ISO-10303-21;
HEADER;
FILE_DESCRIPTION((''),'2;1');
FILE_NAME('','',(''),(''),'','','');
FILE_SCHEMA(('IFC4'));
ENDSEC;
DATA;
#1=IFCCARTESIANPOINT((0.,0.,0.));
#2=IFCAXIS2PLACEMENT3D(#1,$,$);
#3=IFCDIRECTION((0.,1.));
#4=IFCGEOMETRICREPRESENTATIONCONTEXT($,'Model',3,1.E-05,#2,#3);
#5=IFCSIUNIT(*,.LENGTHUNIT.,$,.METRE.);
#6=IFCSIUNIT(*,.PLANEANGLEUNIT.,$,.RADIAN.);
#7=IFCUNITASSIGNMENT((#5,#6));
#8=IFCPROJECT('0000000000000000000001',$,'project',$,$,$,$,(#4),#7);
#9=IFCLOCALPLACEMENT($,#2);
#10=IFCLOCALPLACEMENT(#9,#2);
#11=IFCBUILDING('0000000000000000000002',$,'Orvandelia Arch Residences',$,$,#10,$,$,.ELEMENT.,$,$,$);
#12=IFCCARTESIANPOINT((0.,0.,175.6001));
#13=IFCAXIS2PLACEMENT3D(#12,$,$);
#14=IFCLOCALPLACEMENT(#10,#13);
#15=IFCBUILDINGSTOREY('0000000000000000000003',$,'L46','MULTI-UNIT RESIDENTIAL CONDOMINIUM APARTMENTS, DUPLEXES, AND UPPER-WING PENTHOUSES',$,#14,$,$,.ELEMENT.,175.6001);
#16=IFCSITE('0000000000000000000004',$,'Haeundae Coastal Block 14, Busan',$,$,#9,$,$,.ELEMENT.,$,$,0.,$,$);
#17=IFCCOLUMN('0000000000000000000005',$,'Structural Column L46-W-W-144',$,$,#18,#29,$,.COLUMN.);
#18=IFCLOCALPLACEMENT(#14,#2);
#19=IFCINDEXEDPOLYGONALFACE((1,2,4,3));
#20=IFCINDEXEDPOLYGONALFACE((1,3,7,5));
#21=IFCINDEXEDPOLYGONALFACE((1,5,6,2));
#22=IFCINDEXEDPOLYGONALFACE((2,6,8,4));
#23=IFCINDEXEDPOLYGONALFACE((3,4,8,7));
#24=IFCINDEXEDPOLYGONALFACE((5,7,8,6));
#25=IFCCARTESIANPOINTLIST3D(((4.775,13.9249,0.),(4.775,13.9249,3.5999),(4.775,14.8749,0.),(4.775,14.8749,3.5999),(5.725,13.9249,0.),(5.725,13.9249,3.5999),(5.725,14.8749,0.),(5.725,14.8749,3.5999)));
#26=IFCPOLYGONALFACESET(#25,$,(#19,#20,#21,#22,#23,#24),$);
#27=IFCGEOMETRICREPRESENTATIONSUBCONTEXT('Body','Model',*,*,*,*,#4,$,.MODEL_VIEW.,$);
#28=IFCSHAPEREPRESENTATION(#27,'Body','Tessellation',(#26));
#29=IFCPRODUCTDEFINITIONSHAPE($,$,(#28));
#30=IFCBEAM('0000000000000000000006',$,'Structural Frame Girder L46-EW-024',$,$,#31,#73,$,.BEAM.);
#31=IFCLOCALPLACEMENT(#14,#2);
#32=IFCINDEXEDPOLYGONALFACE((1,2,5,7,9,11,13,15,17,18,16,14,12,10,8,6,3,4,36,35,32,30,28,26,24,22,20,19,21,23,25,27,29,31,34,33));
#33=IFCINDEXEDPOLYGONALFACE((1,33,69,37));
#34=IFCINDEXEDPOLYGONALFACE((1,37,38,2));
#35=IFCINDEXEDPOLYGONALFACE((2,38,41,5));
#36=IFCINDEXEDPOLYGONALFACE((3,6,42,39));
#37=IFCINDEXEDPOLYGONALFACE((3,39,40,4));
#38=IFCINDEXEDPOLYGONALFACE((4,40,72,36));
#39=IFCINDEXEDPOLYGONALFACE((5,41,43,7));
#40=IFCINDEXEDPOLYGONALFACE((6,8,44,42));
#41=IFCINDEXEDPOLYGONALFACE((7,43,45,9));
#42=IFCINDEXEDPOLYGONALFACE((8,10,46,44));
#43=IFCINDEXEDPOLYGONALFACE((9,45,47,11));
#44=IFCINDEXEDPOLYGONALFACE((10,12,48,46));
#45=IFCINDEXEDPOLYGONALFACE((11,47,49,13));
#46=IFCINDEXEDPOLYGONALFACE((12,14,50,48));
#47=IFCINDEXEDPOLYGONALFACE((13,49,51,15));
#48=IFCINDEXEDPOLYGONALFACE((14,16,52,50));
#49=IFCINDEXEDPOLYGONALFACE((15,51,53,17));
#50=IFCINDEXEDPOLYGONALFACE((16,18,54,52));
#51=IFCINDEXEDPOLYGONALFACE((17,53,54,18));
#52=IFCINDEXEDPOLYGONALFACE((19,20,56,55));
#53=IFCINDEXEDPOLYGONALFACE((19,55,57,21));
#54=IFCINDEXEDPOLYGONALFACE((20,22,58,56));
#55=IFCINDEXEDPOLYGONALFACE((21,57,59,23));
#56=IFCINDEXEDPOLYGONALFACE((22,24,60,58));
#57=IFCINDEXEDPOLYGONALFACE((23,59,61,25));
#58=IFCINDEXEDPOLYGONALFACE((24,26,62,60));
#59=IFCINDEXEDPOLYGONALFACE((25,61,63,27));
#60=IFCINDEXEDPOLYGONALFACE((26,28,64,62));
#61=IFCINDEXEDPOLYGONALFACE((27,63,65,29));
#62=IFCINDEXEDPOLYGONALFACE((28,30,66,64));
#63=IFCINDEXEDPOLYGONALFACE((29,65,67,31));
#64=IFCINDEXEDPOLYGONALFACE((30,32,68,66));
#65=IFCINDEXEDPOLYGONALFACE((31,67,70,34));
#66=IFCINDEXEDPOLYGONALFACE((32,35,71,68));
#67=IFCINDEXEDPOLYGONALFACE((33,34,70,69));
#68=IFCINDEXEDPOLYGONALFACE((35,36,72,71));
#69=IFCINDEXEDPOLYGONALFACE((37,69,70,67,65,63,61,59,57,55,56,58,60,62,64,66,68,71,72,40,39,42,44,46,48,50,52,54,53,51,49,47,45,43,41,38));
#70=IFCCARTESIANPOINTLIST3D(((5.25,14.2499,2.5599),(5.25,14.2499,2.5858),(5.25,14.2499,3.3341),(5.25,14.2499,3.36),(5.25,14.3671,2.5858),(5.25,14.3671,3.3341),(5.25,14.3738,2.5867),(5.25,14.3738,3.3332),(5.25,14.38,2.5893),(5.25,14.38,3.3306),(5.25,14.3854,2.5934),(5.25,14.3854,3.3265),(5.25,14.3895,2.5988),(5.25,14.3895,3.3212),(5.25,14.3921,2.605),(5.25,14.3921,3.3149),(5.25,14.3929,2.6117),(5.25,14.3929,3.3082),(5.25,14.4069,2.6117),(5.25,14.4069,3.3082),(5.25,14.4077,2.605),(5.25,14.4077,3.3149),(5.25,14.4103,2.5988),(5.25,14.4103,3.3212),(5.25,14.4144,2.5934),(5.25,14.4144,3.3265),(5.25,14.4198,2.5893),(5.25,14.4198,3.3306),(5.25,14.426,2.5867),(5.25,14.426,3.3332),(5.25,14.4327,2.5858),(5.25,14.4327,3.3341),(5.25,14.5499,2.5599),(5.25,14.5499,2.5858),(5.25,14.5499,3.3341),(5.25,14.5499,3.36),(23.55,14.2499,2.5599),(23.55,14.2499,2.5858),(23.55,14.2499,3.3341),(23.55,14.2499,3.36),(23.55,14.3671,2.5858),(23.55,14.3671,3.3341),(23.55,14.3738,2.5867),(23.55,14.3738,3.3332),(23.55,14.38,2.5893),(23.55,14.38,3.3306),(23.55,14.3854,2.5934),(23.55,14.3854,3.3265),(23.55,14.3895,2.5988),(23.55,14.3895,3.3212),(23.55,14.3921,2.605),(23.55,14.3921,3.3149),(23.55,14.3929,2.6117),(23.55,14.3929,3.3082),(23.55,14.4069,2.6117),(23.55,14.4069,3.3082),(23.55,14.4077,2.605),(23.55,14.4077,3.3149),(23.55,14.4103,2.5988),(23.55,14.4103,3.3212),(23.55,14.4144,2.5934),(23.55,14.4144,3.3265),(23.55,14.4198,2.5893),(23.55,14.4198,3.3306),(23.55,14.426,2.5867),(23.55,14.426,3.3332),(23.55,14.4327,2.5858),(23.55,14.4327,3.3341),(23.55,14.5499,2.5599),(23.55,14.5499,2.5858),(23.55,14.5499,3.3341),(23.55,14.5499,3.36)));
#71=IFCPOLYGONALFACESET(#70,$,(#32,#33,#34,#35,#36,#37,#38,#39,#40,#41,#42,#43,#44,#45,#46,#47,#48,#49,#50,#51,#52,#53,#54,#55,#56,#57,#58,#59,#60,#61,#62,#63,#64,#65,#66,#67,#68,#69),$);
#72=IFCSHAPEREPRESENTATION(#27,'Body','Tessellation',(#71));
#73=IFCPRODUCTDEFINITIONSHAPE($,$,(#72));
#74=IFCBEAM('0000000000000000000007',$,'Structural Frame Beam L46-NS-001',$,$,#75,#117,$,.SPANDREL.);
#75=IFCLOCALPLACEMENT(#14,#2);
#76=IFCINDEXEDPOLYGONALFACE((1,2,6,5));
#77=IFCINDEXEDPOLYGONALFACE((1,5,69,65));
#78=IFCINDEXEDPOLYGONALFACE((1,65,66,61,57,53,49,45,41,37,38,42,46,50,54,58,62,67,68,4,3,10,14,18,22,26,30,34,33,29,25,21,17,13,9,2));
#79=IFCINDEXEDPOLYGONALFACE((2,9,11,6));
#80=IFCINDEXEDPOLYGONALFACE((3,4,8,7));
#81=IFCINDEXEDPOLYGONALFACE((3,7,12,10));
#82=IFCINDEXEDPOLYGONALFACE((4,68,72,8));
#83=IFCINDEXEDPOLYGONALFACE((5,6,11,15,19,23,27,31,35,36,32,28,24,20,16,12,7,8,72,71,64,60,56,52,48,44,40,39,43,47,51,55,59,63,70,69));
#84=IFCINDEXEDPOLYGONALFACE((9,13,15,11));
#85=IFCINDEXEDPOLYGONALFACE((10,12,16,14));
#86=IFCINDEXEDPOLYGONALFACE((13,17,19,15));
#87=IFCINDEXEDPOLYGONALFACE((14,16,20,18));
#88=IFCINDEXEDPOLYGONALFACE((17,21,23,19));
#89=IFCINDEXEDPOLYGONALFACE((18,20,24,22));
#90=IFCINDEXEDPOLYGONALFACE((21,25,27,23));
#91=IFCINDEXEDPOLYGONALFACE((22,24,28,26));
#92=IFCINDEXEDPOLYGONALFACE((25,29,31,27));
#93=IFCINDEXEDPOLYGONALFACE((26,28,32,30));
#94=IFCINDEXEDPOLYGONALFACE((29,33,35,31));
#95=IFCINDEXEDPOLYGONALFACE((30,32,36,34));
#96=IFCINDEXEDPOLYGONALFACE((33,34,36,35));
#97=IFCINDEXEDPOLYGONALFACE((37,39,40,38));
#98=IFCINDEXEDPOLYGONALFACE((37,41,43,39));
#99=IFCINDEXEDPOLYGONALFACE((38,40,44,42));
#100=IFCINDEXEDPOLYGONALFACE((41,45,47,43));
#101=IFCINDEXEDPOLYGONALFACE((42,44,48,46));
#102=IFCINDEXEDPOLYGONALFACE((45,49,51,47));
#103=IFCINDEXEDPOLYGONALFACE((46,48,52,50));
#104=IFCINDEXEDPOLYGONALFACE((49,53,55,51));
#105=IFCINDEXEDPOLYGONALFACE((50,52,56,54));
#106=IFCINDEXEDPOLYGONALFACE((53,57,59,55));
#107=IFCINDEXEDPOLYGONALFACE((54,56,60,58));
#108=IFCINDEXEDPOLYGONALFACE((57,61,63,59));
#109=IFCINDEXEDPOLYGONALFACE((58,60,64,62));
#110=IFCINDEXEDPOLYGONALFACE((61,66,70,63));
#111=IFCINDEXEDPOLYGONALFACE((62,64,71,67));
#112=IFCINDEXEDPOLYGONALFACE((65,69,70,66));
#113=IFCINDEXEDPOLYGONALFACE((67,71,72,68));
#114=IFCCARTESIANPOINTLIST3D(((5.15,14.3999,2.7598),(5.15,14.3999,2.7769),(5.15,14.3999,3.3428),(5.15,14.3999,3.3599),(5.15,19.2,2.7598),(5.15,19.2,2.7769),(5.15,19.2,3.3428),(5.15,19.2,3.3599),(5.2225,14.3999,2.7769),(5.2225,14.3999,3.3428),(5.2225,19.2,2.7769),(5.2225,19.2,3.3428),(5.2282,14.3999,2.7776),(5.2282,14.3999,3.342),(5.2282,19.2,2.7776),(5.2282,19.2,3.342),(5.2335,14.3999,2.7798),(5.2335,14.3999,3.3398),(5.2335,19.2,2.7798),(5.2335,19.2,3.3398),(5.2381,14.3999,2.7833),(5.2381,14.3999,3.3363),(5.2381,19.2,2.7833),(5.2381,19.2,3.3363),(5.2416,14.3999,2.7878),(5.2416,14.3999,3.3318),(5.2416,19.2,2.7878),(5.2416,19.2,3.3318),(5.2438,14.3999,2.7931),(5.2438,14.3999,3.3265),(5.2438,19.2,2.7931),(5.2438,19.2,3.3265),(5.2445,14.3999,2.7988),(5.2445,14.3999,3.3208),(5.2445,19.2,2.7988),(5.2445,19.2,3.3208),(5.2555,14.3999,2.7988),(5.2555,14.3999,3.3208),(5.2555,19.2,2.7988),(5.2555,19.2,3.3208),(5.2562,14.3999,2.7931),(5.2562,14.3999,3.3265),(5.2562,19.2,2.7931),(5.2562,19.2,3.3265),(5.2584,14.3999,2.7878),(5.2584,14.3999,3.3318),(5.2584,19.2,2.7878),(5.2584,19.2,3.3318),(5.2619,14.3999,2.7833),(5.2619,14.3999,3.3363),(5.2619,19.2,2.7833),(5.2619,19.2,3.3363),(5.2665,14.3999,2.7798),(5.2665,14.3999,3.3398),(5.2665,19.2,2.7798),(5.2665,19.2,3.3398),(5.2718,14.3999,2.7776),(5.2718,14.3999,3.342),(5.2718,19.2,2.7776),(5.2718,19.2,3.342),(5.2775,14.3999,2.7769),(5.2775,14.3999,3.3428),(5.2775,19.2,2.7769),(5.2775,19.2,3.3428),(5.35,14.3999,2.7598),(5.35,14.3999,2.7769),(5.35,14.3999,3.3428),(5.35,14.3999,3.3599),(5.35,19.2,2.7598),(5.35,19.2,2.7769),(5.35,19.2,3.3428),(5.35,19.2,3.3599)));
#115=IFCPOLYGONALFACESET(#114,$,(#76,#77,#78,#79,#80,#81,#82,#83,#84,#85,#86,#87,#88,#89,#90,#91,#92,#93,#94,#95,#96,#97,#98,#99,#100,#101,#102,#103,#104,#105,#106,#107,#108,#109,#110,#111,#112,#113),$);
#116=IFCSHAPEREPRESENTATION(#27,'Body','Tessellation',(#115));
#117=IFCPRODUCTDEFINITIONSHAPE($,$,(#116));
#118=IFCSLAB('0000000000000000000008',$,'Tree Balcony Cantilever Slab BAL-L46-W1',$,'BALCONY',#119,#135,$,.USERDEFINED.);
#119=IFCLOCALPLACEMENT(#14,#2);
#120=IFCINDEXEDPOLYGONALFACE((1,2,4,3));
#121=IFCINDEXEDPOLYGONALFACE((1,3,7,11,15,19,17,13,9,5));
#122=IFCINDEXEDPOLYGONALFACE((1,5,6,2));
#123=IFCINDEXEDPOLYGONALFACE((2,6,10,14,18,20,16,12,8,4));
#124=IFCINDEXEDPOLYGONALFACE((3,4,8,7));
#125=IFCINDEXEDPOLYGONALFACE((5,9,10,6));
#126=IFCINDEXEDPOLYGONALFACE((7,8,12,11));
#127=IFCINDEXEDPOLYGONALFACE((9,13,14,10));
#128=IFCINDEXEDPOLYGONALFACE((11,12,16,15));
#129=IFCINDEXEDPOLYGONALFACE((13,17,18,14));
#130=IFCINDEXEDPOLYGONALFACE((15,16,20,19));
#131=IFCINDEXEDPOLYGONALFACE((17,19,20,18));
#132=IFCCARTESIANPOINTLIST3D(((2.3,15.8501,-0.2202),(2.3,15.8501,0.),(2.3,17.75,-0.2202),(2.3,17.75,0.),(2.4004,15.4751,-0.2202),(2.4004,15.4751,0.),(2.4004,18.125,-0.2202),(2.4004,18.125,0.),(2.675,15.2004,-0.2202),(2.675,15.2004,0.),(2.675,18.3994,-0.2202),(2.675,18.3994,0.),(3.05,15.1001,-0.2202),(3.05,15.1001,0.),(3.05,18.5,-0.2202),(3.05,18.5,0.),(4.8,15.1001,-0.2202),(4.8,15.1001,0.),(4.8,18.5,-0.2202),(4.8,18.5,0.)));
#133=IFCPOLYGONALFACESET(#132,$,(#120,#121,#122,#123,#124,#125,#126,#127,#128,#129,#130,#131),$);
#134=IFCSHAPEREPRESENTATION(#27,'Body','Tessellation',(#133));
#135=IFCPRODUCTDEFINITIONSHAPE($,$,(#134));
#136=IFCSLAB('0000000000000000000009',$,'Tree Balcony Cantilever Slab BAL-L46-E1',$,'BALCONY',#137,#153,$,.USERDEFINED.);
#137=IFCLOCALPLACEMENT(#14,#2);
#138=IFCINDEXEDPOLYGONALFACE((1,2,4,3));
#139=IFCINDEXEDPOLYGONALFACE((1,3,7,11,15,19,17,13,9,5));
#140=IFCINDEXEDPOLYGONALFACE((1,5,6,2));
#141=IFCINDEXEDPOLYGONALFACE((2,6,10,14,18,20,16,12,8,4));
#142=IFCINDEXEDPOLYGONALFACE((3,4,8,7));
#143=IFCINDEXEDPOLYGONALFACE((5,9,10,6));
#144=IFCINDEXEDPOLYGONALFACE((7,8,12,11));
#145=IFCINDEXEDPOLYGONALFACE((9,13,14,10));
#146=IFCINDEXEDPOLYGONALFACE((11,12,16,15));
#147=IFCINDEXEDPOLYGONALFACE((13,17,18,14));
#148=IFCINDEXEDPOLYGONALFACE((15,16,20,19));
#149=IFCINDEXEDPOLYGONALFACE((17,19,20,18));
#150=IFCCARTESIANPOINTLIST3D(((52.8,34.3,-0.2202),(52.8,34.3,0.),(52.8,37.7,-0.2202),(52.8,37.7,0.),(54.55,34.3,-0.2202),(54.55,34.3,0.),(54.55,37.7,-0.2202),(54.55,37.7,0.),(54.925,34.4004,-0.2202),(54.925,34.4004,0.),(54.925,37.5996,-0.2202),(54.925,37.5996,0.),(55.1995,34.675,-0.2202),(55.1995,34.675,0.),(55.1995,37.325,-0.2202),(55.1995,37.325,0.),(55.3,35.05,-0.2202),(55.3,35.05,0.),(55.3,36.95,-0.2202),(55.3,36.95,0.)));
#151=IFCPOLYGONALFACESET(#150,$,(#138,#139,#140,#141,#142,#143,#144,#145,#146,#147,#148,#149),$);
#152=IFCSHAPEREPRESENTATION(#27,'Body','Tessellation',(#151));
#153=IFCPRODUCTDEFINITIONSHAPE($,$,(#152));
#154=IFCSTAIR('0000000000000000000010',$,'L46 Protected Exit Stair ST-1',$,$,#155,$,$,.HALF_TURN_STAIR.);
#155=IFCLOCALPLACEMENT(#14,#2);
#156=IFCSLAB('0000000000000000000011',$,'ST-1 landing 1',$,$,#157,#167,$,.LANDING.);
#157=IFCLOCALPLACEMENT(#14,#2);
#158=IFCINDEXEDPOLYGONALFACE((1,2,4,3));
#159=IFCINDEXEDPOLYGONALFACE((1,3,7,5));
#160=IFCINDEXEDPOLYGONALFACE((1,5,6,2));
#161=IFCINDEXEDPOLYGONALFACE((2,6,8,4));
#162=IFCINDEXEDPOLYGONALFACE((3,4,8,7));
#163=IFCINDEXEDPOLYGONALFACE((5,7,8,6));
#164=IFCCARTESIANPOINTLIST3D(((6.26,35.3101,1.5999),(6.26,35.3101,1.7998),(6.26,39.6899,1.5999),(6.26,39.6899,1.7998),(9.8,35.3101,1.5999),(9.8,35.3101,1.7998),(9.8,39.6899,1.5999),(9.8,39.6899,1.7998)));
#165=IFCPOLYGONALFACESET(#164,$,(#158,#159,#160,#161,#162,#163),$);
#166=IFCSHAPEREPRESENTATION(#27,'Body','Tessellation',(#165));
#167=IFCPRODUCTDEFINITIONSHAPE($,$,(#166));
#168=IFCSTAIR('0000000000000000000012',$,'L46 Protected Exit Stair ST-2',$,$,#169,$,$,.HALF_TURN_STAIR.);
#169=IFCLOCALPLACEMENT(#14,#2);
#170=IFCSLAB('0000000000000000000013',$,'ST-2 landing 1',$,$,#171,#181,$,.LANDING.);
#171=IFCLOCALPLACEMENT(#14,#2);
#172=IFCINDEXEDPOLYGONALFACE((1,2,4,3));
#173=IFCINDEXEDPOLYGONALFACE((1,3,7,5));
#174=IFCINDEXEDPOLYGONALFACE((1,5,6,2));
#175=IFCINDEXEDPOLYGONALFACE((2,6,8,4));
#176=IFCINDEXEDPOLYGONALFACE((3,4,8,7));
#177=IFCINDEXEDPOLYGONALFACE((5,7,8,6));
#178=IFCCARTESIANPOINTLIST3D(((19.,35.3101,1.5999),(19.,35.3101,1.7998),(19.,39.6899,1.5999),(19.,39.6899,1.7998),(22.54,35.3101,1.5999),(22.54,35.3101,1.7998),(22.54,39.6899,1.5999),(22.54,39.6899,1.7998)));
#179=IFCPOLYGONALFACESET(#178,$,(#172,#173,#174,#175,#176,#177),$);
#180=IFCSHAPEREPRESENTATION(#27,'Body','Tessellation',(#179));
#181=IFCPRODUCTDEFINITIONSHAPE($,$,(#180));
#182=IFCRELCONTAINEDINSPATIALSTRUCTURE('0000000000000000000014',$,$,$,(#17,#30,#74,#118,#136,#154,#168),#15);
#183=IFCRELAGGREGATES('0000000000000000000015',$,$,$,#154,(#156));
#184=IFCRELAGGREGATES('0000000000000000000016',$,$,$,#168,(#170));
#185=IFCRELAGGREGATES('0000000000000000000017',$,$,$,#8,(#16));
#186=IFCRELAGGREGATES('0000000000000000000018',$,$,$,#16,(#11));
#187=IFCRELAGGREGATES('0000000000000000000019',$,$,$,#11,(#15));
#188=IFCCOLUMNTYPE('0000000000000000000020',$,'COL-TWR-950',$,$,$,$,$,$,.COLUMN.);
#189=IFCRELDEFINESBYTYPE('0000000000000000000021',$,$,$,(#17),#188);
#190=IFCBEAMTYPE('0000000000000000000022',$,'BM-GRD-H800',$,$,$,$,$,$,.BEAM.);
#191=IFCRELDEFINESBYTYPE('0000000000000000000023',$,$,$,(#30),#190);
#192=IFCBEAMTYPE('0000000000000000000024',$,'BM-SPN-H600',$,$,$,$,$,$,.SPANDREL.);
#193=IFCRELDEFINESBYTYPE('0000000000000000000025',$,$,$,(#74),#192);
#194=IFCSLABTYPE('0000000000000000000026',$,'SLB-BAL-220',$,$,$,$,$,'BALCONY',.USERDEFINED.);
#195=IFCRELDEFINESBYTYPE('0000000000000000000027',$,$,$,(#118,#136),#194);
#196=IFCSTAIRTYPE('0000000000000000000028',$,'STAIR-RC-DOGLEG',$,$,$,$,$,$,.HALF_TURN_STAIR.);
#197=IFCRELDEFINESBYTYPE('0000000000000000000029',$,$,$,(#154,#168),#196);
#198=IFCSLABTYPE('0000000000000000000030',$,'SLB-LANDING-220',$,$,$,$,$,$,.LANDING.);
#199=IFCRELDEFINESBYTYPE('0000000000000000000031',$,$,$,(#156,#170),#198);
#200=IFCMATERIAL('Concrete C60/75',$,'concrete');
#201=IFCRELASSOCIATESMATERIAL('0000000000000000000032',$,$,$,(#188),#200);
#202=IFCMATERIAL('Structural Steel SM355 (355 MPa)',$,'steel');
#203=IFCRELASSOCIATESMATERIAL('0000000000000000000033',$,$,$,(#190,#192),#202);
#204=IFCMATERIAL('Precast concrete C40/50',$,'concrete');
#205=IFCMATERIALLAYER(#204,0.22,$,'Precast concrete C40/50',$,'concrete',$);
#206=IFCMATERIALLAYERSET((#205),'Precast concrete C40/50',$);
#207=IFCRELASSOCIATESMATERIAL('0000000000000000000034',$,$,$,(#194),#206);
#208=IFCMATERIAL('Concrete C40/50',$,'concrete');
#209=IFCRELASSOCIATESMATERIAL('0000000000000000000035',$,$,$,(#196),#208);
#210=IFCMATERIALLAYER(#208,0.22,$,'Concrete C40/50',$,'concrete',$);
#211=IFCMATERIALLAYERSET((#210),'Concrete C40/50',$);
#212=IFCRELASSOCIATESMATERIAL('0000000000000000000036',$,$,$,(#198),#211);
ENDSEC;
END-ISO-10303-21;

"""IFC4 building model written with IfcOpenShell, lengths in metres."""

from ifc_helpers import new_model, si_unit, direction, frame, origin, origin_2d, place, context, subcontext, project, spatial, polyline, rectangle, i_section, outline, extrude, material, layer, layer_set, material_profile, profile_set, type_object, element, aggregate, save


model = new_model("IFC4")

# Units and contexts
model_context = context("Model", 3, precision=1e-05, world=origin(), true_north=direction((0.0, 1.0)))
body_context = subcontext(model_context, "Body", "Model", "MODEL_VIEW")
ifc_project = project(units=[si_unit("LENGTHUNIT", "METRE"), si_unit("PLANEANGLEUNIT", "RADIAN")], contexts=[model_context])

# Site, building, storey
site_placement = place(None, origin())
site = spatial("IfcSite", under=ifc_project, at=site_placement, Name="Haeundae Coastal Block 14, Busan", CompositionType="ELEMENT", RefElevation=0.0)
building_placement = place(site_placement, origin())
building = spatial("IfcBuilding", under=site, at=building_placement, Name="Orvandelia Arch Residences", CompositionType="ELEMENT")
storey_placement = place(building_placement, frame((0.0, 0.0, 175.6001)))
storey = spatial("IfcBuildingStorey", under=building, at=storey_placement, Name="L46", Description="MULTI-UNIT RESIDENTIAL CONDOMINIUM APARTMENTS, DUPLEXES, AND UPPER-WING PENTHOUSES", CompositionType="ELEMENT", Elevation=175.6001)

# Column
ifc_material_1 = material(Name="Concrete C60/75", Category="concrete")
ifc_material_profile_1 = material_profile(ifc_material_1, rectangle(XDim=0.95, YDim=0.95, at=origin_2d()), Name="Concrete C60/75", Category="concrete")
ifc_profile_set_1 = profile_set([ifc_material_profile_1], Name="Concrete C60/75")
column_type = type_object("IfcColumnType", Name="COL-TWR-950", PredefinedType="COLUMN", material=ifc_profile_set_1)
column_placement = place(storey_placement, frame((5.25, 14.3999, 0.0), z_axis=(0.0, 0.0, 1.0), x_axis=(1.0, 0.0, 0.0)))
element("IfcColumn", 1, at=column_placement, inside=storey, type_object=column_type, Name="Structural Column L46-W-W-144", PredefinedType="COLUMN", context=body_context, shape_type="SweptSolid", body=[
    extrude(rectangle(XDim=0.95, YDim=0.95, at=origin_2d()), origin(), (0.0, 0.0, 1.0), 3.5999),
])

# Beams
ifc_material_2 = material(Name="Structural Steel SM355 (355 MPa)", Category="steel")
ifc_material_profile_2 = material_profile(ifc_material_2, i_section(OverallWidth=0.3, OverallDepth=0.8, WebThickness=0.0139, FlangeThickness=0.0259, FilletRadius=0.0259, at=origin_2d()), Name="Structural Steel SM355 (355 MPa)", Category="steel")
ifc_profile_set_2 = profile_set([ifc_material_profile_2], Name="Structural Steel SM355 (355 MPa)")
beam_type_1 = type_object("IfcBeamType", Name="BM-GRD-H800", PredefinedType="BEAM", material=ifc_profile_set_2)
beam_1_placement = place(storey_placement, frame((5.25, 14.3999, 2.96), z_axis=(1.0, 0.0, 0.0), x_axis=(0.0, 1.0, 0.0)))
element("IfcBeam", 2, at=beam_1_placement, inside=storey, type_object=beam_type_1, Name="Structural Frame Girder L46-EW-024", PredefinedType="BEAM", context=body_context, shape_type="SweptSolid", body=[
    extrude(i_section(OverallWidth=0.3, OverallDepth=0.8, WebThickness=0.0139, FlangeThickness=0.0259, FilletRadius=0.0259, at=origin_2d()), origin(), (0.0, 0.0, 1.0), 18.3),
])
ifc_material_profile_3 = material_profile(ifc_material_2, i_section(OverallWidth=0.2, OverallDepth=0.6001, WebThickness=0.011, FlangeThickness=0.0171, FilletRadius=0.022, at=origin_2d()), Name="Structural Steel SM355 (355 MPa)", Category="steel")
ifc_profile_set_3 = profile_set([ifc_material_profile_3], Name="Structural Steel SM355 (355 MPa)")
beam_type_2 = type_object("IfcBeamType", Name="BM-SPN-H600", PredefinedType="SPANDREL", material=ifc_profile_set_3)
beam_2_placement = place(storey_placement, frame((5.25, 14.3999, 3.0598), z_axis=(0.0, 1.0, 0.0), x_axis=(-1.0, 0.0, 0.0)))
element("IfcBeam", 3, at=beam_2_placement, inside=storey, type_object=beam_type_2, Name="Structural Frame Beam L46-NS-001", PredefinedType="SPANDREL", context=body_context, shape_type="SweptSolid", body=[
    extrude(i_section(OverallWidth=0.2, OverallDepth=0.6001, WebThickness=0.011, FlangeThickness=0.0171, FilletRadius=0.022, at=origin_2d()), origin(), (0.0, 0.0, 1.0), 4.8),
])

# Slabs
ifc_material_3 = material(Name="Precast concrete C40/50", Category="concrete")
ifc_layer_1 = layer(ifc_material_3, 0.22, Name="Precast concrete C40/50", Category="concrete")
ifc_layer_set_1 = layer_set([ifc_layer_1], Name="Precast concrete C40/50")
slab_type_1 = type_object("IfcSlabType", Name="SLB-BAL-220", ElementType="BALCONY", PredefinedType="USERDEFINED", material=ifc_layer_set_1)
slab_1_placement = place(storey_placement, frame((0.0, 0.0, -0.2202)))
element("IfcSlab", 4, at=slab_1_placement, inside=storey, type_object=slab_type_1, Name="Tree Balcony Cantilever Slab BAL-L46-W1", ObjectType="BALCONY", PredefinedType="USERDEFINED", context=body_context, shape_type="SweptSolid", body=[
    extrude(outline(polyline([(4.8, 15.1001), (4.8, 18.5), (3.05, 18.5), (2.675, 18.3994), (2.4004, 18.125), (2.3, 17.75), (2.3, 15.8501), (2.4004, 15.4751), (2.675, 15.2004), (3.05, 15.1001), (4.8, 15.1001)])), origin(), (0.0, 0.0, 1.0), 0.2202),
])
slab_2_placement = place(storey_placement, frame((0.0, 0.0, -0.2202)))
element("IfcSlab", 5, at=slab_2_placement, inside=storey, type_object=slab_type_1, Name="Tree Balcony Cantilever Slab BAL-L46-E1", ObjectType="BALCONY", PredefinedType="USERDEFINED", context=body_context, shape_type="SweptSolid", body=[
    extrude(outline(polyline([(52.8, 37.7), (52.8, 34.3), (54.55, 34.3), (54.925, 34.4004), (55.1995, 34.675), (55.3, 35.05), (55.3, 36.95), (55.1995, 37.325), (54.925, 37.5996), (54.55, 37.7), (52.8, 37.7)])), origin(), (0.0, 0.0, 1.0), 0.2202),
])

# Stairs, slabs
ifc_material_4 = material(Name="Concrete C40/50", Category="concrete")
stair_type = type_object("IfcStairType", Name="STAIR-RC-DOGLEG", PredefinedType="HALF_TURN_STAIR", material=ifc_material_4)
stair_1_placement = place(storey_placement, origin())
stair_1 = element("IfcStair", 6, at=stair_1_placement, inside=storey, type_object=stair_type, Name="L46 Protected Exit Stair ST-1", PredefinedType="HALF_TURN_STAIR")
ifc_layer_2 = layer(ifc_material_4, 0.22, Name="Concrete C40/50", Category="concrete")
ifc_layer_set_2 = layer_set([ifc_layer_2], Name="Concrete C40/50")
slab_type_2 = type_object("IfcSlabType", Name="SLB-LANDING-220", PredefinedType="LANDING", material=ifc_layer_set_2)
slab_3_placement = place(storey_placement, frame((0.0, 0.0, 1.5999)))
slab_3 = element("IfcSlab", 7, at=slab_3_placement, type_object=slab_type_2, Name="ST-1 landing 1", PredefinedType="LANDING", context=body_context, shape_type="SweptSolid", body=[
    extrude(outline(polyline([(9.8, 35.3101), (9.8, 39.6899), (6.26, 39.6899), (6.26, 35.3101), (9.8, 35.3101)])), origin(), (0.0, 0.0, 1.0), 0.2),
])
aggregate(stair_1, [slab_3])
stair_2_placement = place(storey_placement, origin())
stair_2 = element("IfcStair", 8, at=stair_2_placement, inside=storey, type_object=stair_type, Name="L46 Protected Exit Stair ST-2", PredefinedType="HALF_TURN_STAIR")
slab_4_placement = place(storey_placement, frame((0.0, 0.0, 1.5999)))
slab_4 = element("IfcSlab", 9, at=slab_4_placement, type_object=slab_type_2, Name="ST-2 landing 1", PredefinedType="LANDING", context=body_context, shape_type="SweptSolid", body=[
    extrude(outline(polyline([(22.54, 35.3101), (22.54, 39.6899), (19.0, 39.6899), (19.0, 35.3101), (22.54, 35.3101)])), origin(), (0.0, 0.0, 1.0), 0.2),
])
aggregate(stair_2, [slab_4])

save(model, "model.ifc")
